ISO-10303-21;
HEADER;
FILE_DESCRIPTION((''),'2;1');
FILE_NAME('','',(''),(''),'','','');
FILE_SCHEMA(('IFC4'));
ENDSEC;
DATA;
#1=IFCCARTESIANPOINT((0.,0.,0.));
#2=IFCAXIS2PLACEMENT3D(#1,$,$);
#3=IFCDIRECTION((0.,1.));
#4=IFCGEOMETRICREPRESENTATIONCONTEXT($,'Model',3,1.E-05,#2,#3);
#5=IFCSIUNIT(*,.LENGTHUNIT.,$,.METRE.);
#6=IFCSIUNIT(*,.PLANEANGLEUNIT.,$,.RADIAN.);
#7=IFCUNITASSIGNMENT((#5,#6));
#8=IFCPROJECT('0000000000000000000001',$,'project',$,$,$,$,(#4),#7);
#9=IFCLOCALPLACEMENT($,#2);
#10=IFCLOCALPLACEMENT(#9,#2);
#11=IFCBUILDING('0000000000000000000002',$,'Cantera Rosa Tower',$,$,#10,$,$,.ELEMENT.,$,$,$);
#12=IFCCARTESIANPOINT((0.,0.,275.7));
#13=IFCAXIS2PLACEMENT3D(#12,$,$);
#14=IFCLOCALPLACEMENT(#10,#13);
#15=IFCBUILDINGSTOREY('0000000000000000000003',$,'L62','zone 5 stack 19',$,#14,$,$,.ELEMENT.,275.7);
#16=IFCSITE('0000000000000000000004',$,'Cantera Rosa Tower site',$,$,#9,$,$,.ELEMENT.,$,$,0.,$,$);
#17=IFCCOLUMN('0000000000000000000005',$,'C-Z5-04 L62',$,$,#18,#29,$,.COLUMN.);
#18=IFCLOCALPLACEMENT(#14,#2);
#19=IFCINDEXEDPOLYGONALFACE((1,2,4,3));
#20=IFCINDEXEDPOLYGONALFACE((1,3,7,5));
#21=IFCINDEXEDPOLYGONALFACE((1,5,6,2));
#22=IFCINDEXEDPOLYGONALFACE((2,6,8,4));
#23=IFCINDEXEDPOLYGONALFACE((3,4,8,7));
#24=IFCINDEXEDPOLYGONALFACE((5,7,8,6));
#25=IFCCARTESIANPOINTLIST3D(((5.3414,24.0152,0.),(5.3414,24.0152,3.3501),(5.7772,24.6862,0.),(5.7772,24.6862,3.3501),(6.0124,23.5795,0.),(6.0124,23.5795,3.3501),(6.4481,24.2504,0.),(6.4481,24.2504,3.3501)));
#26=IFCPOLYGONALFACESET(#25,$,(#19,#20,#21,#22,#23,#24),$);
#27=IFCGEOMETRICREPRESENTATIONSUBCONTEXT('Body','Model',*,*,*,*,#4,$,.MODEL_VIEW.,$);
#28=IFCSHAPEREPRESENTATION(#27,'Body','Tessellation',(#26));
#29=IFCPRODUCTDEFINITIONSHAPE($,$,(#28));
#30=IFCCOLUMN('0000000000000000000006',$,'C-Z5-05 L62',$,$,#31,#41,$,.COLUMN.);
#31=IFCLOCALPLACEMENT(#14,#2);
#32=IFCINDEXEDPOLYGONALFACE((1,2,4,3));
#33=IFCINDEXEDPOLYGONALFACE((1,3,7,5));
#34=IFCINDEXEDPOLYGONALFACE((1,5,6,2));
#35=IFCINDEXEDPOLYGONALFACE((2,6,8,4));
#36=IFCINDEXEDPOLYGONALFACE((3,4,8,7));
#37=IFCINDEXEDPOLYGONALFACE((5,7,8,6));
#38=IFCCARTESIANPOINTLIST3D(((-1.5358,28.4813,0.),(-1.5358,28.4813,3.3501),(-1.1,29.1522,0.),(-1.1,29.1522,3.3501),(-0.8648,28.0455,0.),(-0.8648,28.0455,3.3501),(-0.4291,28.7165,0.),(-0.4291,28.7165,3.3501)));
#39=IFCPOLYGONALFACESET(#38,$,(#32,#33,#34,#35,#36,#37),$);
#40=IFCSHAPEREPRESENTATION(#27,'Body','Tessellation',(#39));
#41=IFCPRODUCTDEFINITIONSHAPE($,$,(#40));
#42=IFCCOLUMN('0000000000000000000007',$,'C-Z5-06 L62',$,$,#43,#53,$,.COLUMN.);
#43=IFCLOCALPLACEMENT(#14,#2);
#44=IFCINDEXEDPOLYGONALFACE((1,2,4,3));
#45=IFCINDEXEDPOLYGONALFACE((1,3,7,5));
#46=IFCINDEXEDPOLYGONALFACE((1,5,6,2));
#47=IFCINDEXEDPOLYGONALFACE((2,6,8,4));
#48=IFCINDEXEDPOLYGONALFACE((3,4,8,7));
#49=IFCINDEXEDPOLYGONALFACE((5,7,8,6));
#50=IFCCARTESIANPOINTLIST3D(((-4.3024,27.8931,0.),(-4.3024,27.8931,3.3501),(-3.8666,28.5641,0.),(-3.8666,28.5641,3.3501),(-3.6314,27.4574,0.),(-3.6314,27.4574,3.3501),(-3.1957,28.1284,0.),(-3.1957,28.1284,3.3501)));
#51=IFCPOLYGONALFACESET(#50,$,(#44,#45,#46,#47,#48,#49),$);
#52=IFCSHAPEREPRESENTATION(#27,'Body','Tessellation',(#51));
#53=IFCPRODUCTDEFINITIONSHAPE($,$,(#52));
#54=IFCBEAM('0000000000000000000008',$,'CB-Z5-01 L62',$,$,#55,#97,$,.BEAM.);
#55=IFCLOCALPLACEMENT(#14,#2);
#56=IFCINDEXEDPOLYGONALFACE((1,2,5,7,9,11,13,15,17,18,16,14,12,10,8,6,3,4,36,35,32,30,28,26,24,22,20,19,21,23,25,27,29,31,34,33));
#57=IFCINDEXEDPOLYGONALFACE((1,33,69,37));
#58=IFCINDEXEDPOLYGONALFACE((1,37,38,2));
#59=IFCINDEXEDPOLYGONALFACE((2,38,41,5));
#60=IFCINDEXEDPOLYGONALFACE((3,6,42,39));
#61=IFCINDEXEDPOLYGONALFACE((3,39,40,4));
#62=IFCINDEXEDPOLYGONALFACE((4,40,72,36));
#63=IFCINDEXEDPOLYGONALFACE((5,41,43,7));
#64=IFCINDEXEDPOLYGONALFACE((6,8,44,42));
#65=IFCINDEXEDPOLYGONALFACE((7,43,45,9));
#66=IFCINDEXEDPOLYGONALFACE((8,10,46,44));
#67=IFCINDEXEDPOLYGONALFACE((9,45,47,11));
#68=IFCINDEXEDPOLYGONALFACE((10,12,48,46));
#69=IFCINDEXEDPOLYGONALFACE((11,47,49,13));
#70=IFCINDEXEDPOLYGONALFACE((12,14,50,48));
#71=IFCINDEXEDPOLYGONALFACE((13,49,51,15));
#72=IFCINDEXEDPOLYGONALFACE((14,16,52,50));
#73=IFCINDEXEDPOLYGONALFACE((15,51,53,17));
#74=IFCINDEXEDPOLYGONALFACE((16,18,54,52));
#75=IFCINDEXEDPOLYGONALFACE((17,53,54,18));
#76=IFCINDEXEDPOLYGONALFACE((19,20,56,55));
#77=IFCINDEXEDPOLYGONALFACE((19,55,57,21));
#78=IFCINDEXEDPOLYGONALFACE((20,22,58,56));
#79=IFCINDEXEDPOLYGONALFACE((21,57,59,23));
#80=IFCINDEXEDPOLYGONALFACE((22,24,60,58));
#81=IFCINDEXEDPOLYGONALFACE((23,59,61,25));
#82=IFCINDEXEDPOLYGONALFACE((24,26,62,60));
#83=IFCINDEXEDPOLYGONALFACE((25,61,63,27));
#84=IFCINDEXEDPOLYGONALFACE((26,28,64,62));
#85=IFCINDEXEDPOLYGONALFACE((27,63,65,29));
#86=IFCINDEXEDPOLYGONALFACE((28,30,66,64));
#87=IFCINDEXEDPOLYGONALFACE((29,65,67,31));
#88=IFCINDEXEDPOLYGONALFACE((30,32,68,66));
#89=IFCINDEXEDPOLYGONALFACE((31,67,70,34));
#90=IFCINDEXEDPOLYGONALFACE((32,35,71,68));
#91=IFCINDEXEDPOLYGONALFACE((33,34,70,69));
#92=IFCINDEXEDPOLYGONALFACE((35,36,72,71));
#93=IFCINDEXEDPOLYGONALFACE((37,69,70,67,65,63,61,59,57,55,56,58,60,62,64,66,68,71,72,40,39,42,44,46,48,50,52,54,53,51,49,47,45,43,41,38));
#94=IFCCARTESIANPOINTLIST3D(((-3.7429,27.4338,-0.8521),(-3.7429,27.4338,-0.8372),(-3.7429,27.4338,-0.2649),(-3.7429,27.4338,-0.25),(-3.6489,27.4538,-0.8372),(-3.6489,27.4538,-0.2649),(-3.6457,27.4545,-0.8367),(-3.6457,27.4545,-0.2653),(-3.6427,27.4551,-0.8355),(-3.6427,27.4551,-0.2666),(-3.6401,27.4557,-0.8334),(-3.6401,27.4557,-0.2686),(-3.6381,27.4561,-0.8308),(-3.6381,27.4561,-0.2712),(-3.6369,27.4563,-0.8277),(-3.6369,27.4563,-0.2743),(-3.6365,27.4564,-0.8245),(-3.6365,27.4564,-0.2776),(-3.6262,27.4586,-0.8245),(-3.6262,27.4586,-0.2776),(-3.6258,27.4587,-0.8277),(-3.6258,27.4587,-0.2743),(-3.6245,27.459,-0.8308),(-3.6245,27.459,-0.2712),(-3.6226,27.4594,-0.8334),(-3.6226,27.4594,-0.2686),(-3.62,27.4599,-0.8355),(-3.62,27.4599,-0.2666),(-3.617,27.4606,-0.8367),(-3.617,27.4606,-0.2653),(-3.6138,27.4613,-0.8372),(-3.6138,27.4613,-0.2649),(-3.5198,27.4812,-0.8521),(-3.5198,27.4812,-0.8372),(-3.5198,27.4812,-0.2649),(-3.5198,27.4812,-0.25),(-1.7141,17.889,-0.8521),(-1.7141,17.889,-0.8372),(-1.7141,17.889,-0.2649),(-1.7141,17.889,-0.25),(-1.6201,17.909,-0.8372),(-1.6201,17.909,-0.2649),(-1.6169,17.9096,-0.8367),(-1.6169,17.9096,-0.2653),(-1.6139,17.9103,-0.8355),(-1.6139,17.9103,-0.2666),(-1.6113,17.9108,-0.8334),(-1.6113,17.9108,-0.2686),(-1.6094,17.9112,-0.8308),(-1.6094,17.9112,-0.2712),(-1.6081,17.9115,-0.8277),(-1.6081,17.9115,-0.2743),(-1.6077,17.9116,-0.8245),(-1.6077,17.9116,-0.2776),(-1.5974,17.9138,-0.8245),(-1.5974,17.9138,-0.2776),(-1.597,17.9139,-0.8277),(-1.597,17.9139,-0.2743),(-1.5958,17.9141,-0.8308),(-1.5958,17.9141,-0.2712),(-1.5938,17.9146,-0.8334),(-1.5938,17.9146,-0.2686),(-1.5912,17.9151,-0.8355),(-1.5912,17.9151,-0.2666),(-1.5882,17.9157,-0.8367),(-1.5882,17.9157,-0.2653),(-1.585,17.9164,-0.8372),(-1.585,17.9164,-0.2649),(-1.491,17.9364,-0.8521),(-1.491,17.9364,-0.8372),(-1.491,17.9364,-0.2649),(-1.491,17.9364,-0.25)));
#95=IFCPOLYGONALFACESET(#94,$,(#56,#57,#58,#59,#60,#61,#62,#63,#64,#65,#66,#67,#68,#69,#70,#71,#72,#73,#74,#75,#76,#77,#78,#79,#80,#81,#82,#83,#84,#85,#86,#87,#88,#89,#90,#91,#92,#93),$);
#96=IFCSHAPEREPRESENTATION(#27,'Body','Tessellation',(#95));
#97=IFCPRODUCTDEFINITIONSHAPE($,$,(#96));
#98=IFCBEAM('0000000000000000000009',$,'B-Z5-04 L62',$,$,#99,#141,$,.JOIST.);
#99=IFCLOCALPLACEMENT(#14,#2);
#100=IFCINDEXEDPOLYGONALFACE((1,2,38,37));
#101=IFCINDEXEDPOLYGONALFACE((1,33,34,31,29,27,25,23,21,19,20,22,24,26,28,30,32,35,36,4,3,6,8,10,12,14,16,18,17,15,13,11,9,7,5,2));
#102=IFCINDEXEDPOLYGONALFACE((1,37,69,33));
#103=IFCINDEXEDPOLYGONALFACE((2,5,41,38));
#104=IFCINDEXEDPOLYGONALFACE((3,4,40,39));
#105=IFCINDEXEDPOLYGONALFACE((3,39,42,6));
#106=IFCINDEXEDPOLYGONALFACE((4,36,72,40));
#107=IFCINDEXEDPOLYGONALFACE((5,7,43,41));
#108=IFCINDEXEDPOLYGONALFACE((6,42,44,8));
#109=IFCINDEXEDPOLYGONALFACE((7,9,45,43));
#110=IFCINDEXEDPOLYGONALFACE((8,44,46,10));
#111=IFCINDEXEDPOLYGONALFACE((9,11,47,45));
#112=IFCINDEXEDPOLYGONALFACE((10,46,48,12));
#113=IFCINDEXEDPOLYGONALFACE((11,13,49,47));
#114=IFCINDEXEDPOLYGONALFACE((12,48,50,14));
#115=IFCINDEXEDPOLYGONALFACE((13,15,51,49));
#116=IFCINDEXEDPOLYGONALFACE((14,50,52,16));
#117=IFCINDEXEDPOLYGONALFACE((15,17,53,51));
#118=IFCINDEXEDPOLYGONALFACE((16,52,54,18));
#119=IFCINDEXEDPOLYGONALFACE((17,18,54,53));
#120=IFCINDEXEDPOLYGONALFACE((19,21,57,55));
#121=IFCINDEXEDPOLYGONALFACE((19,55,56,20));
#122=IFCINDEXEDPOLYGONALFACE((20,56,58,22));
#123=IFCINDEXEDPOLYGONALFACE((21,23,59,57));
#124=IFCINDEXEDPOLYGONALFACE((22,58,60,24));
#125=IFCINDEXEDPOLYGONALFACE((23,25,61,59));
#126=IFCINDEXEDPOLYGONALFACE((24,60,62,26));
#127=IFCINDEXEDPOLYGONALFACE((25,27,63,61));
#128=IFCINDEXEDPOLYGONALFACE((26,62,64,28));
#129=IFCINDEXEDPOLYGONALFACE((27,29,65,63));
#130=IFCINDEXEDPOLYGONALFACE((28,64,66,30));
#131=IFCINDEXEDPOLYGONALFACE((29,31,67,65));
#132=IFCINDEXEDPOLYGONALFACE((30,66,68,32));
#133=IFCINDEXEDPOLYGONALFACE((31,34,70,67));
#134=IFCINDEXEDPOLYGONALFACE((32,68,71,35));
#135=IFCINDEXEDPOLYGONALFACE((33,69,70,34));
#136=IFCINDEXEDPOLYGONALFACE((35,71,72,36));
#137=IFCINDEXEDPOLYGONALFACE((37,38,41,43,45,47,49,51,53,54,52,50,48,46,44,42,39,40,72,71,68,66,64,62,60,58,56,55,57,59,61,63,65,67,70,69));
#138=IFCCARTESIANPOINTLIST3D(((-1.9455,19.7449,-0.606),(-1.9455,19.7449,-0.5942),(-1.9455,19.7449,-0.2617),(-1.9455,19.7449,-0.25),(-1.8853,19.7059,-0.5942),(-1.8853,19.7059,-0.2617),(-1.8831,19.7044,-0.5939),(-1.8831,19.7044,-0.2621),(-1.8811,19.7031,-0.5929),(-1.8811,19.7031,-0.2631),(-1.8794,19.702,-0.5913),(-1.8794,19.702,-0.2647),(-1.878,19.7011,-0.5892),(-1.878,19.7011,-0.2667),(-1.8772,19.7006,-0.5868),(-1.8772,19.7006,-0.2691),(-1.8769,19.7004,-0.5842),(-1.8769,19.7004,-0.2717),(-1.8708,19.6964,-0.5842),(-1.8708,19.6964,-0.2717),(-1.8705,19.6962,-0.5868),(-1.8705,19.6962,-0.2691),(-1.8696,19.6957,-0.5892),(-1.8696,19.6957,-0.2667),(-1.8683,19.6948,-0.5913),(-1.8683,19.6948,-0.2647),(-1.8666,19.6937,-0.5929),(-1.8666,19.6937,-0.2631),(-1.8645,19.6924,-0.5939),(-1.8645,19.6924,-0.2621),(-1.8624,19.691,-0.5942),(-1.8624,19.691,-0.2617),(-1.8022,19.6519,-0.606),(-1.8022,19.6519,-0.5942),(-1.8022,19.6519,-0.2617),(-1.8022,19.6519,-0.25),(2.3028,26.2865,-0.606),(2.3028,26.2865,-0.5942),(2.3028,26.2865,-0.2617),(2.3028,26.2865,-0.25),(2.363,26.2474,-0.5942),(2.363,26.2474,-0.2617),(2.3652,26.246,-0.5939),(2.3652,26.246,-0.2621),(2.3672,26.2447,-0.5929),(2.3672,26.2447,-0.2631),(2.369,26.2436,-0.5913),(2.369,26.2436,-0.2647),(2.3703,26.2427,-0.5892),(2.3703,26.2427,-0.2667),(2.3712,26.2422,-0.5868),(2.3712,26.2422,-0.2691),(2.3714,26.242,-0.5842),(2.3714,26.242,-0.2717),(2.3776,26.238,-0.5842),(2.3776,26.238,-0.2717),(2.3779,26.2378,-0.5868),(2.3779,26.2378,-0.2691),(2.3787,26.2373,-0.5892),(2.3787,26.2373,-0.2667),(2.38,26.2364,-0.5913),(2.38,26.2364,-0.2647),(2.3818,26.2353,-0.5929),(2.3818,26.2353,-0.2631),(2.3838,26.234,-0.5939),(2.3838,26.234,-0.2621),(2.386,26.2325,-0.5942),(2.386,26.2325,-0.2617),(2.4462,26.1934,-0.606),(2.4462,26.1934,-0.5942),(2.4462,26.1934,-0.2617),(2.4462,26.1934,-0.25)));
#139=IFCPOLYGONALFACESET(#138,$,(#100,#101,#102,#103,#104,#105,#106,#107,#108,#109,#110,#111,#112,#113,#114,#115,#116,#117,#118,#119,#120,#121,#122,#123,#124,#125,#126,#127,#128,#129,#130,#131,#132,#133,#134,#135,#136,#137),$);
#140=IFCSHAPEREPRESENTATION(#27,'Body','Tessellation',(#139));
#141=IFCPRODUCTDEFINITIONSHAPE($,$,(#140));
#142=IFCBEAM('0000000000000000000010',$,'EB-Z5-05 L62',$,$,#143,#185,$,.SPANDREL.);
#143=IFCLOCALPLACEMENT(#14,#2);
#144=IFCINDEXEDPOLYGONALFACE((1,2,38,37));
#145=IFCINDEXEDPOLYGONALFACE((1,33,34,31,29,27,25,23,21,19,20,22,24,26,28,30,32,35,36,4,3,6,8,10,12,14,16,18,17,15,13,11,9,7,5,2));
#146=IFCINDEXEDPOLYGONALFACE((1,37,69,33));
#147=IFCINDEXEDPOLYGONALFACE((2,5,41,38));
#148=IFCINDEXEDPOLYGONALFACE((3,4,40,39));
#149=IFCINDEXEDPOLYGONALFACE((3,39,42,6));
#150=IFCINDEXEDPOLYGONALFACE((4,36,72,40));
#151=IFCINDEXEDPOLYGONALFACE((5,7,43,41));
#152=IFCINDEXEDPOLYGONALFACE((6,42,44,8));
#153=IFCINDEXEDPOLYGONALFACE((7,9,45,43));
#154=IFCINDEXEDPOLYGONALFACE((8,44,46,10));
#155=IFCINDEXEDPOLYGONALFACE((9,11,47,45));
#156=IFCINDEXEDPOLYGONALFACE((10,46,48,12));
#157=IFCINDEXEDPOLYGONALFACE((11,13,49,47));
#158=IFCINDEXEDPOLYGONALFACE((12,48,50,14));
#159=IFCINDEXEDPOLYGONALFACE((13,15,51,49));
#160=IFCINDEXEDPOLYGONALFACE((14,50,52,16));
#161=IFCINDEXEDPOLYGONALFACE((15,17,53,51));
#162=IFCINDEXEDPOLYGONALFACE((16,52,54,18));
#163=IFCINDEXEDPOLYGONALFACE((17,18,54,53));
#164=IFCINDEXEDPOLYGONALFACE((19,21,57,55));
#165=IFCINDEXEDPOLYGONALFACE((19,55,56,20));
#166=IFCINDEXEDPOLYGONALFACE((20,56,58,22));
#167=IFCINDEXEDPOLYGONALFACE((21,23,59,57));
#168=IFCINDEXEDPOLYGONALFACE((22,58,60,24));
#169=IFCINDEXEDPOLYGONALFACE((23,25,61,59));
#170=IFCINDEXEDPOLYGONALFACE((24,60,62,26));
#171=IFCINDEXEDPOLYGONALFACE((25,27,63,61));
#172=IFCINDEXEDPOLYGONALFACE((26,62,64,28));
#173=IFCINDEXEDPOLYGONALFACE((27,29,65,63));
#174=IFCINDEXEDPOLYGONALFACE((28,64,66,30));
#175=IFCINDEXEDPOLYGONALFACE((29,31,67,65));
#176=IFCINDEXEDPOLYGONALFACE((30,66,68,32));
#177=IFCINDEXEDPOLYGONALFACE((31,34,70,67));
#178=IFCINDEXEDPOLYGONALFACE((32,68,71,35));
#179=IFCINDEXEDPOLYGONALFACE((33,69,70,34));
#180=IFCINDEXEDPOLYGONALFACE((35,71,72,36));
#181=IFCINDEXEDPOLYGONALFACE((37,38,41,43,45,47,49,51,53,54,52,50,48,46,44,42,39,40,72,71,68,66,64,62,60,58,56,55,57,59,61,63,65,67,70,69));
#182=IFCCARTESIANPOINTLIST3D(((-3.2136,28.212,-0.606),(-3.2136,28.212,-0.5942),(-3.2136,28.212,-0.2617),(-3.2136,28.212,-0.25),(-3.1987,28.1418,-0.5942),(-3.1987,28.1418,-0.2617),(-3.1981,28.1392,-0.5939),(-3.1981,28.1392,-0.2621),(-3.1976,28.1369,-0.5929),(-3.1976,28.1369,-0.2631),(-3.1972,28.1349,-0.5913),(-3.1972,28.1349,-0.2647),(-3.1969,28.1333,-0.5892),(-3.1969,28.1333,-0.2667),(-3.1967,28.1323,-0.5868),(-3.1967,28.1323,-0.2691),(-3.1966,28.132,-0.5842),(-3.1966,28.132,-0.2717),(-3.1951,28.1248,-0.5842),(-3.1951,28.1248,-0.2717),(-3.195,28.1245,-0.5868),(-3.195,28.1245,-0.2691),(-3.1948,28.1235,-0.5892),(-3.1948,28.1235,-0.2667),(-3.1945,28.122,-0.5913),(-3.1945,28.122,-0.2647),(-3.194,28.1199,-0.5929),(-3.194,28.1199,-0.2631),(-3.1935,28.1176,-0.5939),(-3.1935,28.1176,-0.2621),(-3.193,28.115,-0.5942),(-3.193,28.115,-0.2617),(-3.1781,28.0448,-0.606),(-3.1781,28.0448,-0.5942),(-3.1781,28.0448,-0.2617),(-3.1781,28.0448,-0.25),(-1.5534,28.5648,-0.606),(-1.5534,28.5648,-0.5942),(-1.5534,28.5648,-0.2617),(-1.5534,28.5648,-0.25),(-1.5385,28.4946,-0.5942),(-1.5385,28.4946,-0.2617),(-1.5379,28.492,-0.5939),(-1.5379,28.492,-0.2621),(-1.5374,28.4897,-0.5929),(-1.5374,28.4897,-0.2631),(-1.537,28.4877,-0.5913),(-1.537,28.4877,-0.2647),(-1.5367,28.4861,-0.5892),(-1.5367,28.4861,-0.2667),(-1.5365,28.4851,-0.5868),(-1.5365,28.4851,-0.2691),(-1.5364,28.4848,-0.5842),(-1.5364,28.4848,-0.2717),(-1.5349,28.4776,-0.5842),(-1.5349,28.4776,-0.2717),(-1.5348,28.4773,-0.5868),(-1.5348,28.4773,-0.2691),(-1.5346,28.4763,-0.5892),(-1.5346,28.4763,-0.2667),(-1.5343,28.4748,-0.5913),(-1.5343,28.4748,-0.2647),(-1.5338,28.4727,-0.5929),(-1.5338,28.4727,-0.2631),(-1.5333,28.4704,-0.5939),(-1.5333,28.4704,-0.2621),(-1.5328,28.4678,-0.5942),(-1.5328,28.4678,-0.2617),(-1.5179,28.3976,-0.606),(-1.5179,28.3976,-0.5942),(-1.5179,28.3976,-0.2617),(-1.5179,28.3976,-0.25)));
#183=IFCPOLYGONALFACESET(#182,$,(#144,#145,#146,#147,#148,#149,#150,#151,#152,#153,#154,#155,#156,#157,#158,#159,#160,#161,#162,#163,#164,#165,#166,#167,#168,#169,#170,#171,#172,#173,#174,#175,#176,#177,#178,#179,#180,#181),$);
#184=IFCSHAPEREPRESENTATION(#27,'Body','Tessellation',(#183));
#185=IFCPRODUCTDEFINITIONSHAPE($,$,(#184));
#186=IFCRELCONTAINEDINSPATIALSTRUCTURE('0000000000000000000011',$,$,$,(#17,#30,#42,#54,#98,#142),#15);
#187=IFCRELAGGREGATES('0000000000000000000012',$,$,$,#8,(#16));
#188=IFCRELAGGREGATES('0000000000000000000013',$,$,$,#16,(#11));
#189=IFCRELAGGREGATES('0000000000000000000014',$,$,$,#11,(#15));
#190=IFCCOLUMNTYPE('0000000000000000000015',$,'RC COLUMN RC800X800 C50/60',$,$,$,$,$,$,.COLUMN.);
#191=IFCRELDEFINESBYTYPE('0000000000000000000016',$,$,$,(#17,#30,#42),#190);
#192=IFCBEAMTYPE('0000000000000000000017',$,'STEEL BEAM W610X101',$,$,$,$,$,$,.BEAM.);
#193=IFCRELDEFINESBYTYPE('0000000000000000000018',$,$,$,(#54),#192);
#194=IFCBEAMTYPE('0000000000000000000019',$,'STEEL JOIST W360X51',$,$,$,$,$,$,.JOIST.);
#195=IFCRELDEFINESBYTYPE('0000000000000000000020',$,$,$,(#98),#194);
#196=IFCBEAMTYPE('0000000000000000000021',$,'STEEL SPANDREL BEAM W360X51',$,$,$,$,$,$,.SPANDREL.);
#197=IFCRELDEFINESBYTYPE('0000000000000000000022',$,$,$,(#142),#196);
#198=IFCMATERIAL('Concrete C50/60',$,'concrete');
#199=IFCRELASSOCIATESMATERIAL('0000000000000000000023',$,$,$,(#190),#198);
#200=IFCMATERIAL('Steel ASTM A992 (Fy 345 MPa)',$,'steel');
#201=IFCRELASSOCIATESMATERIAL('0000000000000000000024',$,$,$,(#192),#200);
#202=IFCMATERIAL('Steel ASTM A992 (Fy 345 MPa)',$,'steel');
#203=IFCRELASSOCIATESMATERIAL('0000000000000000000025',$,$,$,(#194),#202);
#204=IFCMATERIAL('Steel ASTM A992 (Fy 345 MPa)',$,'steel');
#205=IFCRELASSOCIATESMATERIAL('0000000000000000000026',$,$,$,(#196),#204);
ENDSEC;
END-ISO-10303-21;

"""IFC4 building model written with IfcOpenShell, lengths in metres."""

from ifc_helpers import new_model, si_unit, direction, frame, origin, origin_2d, place, context, subcontext, project, spatial, rectangle, i_section, extrude, material, material_profile, profile_set, type_object, element, save


model = new_model("IFC4")

# Units and contexts
model_context = context("Model", 3, precision=1e-05, world=origin(), true_north=direction((0.0, 1.0)))
body_context = subcontext(model_context, "Body", "Model", "MODEL_VIEW")
ifc_project = project(units=[si_unit("LENGTHUNIT", "METRE"), si_unit("PLANEANGLEUNIT", "RADIAN")], contexts=[model_context])

# Site, building, storey
site_placement = place(None, origin())
site = spatial("IfcSite", under=ifc_project, at=site_placement, Name="Cantera Rosa Tower site", CompositionType="ELEMENT", RefElevation=0.0)
building_placement = place(site_placement, origin())
building = spatial("IfcBuilding", under=site, at=building_placement, Name="Cantera Rosa Tower", CompositionType="ELEMENT")
storey_placement = place(building_placement, frame((0.0, 0.0, 275.7)))
storey = spatial("IfcBuildingStorey", under=building, at=storey_placement, Name="L62", Description="zone 5 stack 19", CompositionType="ELEMENT", Elevation=275.7)

# Columns
ifc_material_1 = material(Name="Concrete C50/60", Category="concrete")
ifc_material_profile_1 = material_profile(ifc_material_1, rectangle(XDim=0.8, YDim=0.8, at=origin_2d()), Name="RC COLUMN RC800X800 C50/60")
ifc_profile_set_1 = profile_set([ifc_material_profile_1], Name="Concrete C50/60")
column_type = type_object("IfcColumnType", Name="RC COLUMN RC800X800 C50/60", PredefinedType="COLUMN", material=ifc_profile_set_1)
for number, where, z_axis, x_axis, name in (
    (1, (5.8948, 24.1328, 0.0), (0.0, 0.0, 1.0), (0.544639, 0.838671, 0.0), "C-Z5-04 L62"),
    (2, (-0.9824, 28.5989, 0.0), (0.0, 0.0, 1.0), (0.544639, 0.838671, 0.0), "C-Z5-05 L62"),
    (3, (-3.749, 28.0107, 0.0), (0.0, 0.0, 1.0), (0.544639, 0.838671, 0.0), "C-Z5-06 L62"),
):
    element("IfcColumn", number, at=place(storey_placement, frame(where, z_axis=z_axis, x_axis=x_axis)), inside=storey, type_object=column_type, Name=name, PredefinedType="COLUMN", context=body_context, shape_type="SweptSolid", body=[
        extrude(rectangle(XDim=0.8, YDim=0.8, at=origin_2d()), origin(), (0.0, 0.0, 1.0), 3.3501),
    ])

# Beams
ifc_material_2 = material(Name="Steel ASTM A992 (Fy 345 MPa)", Category="steel")
ifc_material_profile_2 = material_profile(ifc_material_2, i_section(OverallWidth=0.228, OverallDepth=0.6021, WebThickness=0.0105, FlangeThickness=0.0149, FilletRadius=0.0127, at=origin_2d()), Name="W610X101")
ifc_profile_set_2 = profile_set([ifc_material_profile_2], Name="Steel ASTM A992 (Fy 345 MPa)")
beam_type_1 = type_object("IfcBeamType", Name="STEEL BEAM W610X101", PredefinedType="BEAM", material=ifc_profile_set_2)
beam_1_placement = place(storey_placement, frame((-3.6313, 27.4575, -0.551), z_axis=(0.207909, -0.978148, 0.0), x_axis=(0.978148, 0.207909, 0.0)))
element("IfcBeam", 4, at=beam_1_placement, inside=storey, type_object=beam_type_1, Name="CB-Z5-01 L62", PredefinedType="BEAM", context=body_context, shape_type="SweptSolid", body=[
    extrude(i_section(OverallWidth=0.228, OverallDepth=0.6021, WebThickness=0.0105, FlangeThickness=0.0149, FilletRadius=0.0127, at=origin_2d()), origin(), (0.0, 0.0, 1.0), 9.7581),
])
ifc_material_3 = material(Name="Steel ASTM A992 (Fy 345 MPa)", Category="steel")
ifc_material_profile_3 = material_profile(ifc_material_3, i_section(OverallWidth=0.1709, OverallDepth=0.356, WebThickness=0.0073, FlangeThickness=0.0117, FilletRadius=0.01, at=origin_2d()), Name="W360X51")
ifc_profile_set_3 = profile_set([ifc_material_profile_3], Name="Steel ASTM A992 (Fy 345 MPa)")
beam_type_2 = type_object("IfcBeamType", Name="STEEL JOIST W360X51", PredefinedType="JOIST", material=ifc_profile_set_3)
beam_2_placement = place(storey_placement, frame((2.3745, 26.24, -0.428), z_axis=(-0.544656, -0.83866, 0.0), x_axis=(0.83866, -0.544656, 0.0)))
element("IfcBeam", 5, at=beam_2_placement, inside=storey, type_object=beam_type_2, Name="B-Z5-04 L62", PredefinedType="JOIST", context=body_context, shape_type="SweptSolid", body=[
    extrude(i_section(OverallWidth=0.1709, OverallDepth=0.356, WebThickness=0.0073, FlangeThickness=0.0117, FilletRadius=0.01, at=origin_2d()), origin(), (0.0, 0.0, 1.0), 7.8),
])
ifc_material_4 = material(Name="Steel ASTM A992 (Fy 345 MPa)", Category="steel")
ifc_material_profile_4 = material_profile(ifc_material_4, i_section(OverallWidth=0.1709, OverallDepth=0.356, WebThickness=0.0073, FlangeThickness=0.0117, FilletRadius=0.01, at=origin_2d()), Name="W360X51")
ifc_profile_set_4 = profile_set([ifc_material_profile_4], Name="Steel ASTM A992 (Fy 345 MPa)")
beam_type_3 = type_object("IfcBeamType", Name="STEEL SPANDREL BEAM W360X51", PredefinedType="SPANDREL", material=ifc_profile_set_4)
beam_3_placement = place(storey_placement, frame((-1.5356, 28.4812, -0.428), z_axis=(-0.978159, -0.207859, 0.0), x_axis=(0.207859, -0.978159, 0.0)))
element("IfcBeam", 6, at=beam_3_placement, inside=storey, type_object=beam_type_3, Name="EB-Z5-05 L62", PredefinedType="SPANDREL", context=body_context, shape_type="SweptSolid", body=[
    extrude(i_section(OverallWidth=0.1709, OverallDepth=0.356, WebThickness=0.0073, FlangeThickness=0.0117, FilletRadius=0.01, at=origin_2d()), origin(), (0.0, 0.0, 1.0), 1.6973),
])

save(model, "model.ifc")
